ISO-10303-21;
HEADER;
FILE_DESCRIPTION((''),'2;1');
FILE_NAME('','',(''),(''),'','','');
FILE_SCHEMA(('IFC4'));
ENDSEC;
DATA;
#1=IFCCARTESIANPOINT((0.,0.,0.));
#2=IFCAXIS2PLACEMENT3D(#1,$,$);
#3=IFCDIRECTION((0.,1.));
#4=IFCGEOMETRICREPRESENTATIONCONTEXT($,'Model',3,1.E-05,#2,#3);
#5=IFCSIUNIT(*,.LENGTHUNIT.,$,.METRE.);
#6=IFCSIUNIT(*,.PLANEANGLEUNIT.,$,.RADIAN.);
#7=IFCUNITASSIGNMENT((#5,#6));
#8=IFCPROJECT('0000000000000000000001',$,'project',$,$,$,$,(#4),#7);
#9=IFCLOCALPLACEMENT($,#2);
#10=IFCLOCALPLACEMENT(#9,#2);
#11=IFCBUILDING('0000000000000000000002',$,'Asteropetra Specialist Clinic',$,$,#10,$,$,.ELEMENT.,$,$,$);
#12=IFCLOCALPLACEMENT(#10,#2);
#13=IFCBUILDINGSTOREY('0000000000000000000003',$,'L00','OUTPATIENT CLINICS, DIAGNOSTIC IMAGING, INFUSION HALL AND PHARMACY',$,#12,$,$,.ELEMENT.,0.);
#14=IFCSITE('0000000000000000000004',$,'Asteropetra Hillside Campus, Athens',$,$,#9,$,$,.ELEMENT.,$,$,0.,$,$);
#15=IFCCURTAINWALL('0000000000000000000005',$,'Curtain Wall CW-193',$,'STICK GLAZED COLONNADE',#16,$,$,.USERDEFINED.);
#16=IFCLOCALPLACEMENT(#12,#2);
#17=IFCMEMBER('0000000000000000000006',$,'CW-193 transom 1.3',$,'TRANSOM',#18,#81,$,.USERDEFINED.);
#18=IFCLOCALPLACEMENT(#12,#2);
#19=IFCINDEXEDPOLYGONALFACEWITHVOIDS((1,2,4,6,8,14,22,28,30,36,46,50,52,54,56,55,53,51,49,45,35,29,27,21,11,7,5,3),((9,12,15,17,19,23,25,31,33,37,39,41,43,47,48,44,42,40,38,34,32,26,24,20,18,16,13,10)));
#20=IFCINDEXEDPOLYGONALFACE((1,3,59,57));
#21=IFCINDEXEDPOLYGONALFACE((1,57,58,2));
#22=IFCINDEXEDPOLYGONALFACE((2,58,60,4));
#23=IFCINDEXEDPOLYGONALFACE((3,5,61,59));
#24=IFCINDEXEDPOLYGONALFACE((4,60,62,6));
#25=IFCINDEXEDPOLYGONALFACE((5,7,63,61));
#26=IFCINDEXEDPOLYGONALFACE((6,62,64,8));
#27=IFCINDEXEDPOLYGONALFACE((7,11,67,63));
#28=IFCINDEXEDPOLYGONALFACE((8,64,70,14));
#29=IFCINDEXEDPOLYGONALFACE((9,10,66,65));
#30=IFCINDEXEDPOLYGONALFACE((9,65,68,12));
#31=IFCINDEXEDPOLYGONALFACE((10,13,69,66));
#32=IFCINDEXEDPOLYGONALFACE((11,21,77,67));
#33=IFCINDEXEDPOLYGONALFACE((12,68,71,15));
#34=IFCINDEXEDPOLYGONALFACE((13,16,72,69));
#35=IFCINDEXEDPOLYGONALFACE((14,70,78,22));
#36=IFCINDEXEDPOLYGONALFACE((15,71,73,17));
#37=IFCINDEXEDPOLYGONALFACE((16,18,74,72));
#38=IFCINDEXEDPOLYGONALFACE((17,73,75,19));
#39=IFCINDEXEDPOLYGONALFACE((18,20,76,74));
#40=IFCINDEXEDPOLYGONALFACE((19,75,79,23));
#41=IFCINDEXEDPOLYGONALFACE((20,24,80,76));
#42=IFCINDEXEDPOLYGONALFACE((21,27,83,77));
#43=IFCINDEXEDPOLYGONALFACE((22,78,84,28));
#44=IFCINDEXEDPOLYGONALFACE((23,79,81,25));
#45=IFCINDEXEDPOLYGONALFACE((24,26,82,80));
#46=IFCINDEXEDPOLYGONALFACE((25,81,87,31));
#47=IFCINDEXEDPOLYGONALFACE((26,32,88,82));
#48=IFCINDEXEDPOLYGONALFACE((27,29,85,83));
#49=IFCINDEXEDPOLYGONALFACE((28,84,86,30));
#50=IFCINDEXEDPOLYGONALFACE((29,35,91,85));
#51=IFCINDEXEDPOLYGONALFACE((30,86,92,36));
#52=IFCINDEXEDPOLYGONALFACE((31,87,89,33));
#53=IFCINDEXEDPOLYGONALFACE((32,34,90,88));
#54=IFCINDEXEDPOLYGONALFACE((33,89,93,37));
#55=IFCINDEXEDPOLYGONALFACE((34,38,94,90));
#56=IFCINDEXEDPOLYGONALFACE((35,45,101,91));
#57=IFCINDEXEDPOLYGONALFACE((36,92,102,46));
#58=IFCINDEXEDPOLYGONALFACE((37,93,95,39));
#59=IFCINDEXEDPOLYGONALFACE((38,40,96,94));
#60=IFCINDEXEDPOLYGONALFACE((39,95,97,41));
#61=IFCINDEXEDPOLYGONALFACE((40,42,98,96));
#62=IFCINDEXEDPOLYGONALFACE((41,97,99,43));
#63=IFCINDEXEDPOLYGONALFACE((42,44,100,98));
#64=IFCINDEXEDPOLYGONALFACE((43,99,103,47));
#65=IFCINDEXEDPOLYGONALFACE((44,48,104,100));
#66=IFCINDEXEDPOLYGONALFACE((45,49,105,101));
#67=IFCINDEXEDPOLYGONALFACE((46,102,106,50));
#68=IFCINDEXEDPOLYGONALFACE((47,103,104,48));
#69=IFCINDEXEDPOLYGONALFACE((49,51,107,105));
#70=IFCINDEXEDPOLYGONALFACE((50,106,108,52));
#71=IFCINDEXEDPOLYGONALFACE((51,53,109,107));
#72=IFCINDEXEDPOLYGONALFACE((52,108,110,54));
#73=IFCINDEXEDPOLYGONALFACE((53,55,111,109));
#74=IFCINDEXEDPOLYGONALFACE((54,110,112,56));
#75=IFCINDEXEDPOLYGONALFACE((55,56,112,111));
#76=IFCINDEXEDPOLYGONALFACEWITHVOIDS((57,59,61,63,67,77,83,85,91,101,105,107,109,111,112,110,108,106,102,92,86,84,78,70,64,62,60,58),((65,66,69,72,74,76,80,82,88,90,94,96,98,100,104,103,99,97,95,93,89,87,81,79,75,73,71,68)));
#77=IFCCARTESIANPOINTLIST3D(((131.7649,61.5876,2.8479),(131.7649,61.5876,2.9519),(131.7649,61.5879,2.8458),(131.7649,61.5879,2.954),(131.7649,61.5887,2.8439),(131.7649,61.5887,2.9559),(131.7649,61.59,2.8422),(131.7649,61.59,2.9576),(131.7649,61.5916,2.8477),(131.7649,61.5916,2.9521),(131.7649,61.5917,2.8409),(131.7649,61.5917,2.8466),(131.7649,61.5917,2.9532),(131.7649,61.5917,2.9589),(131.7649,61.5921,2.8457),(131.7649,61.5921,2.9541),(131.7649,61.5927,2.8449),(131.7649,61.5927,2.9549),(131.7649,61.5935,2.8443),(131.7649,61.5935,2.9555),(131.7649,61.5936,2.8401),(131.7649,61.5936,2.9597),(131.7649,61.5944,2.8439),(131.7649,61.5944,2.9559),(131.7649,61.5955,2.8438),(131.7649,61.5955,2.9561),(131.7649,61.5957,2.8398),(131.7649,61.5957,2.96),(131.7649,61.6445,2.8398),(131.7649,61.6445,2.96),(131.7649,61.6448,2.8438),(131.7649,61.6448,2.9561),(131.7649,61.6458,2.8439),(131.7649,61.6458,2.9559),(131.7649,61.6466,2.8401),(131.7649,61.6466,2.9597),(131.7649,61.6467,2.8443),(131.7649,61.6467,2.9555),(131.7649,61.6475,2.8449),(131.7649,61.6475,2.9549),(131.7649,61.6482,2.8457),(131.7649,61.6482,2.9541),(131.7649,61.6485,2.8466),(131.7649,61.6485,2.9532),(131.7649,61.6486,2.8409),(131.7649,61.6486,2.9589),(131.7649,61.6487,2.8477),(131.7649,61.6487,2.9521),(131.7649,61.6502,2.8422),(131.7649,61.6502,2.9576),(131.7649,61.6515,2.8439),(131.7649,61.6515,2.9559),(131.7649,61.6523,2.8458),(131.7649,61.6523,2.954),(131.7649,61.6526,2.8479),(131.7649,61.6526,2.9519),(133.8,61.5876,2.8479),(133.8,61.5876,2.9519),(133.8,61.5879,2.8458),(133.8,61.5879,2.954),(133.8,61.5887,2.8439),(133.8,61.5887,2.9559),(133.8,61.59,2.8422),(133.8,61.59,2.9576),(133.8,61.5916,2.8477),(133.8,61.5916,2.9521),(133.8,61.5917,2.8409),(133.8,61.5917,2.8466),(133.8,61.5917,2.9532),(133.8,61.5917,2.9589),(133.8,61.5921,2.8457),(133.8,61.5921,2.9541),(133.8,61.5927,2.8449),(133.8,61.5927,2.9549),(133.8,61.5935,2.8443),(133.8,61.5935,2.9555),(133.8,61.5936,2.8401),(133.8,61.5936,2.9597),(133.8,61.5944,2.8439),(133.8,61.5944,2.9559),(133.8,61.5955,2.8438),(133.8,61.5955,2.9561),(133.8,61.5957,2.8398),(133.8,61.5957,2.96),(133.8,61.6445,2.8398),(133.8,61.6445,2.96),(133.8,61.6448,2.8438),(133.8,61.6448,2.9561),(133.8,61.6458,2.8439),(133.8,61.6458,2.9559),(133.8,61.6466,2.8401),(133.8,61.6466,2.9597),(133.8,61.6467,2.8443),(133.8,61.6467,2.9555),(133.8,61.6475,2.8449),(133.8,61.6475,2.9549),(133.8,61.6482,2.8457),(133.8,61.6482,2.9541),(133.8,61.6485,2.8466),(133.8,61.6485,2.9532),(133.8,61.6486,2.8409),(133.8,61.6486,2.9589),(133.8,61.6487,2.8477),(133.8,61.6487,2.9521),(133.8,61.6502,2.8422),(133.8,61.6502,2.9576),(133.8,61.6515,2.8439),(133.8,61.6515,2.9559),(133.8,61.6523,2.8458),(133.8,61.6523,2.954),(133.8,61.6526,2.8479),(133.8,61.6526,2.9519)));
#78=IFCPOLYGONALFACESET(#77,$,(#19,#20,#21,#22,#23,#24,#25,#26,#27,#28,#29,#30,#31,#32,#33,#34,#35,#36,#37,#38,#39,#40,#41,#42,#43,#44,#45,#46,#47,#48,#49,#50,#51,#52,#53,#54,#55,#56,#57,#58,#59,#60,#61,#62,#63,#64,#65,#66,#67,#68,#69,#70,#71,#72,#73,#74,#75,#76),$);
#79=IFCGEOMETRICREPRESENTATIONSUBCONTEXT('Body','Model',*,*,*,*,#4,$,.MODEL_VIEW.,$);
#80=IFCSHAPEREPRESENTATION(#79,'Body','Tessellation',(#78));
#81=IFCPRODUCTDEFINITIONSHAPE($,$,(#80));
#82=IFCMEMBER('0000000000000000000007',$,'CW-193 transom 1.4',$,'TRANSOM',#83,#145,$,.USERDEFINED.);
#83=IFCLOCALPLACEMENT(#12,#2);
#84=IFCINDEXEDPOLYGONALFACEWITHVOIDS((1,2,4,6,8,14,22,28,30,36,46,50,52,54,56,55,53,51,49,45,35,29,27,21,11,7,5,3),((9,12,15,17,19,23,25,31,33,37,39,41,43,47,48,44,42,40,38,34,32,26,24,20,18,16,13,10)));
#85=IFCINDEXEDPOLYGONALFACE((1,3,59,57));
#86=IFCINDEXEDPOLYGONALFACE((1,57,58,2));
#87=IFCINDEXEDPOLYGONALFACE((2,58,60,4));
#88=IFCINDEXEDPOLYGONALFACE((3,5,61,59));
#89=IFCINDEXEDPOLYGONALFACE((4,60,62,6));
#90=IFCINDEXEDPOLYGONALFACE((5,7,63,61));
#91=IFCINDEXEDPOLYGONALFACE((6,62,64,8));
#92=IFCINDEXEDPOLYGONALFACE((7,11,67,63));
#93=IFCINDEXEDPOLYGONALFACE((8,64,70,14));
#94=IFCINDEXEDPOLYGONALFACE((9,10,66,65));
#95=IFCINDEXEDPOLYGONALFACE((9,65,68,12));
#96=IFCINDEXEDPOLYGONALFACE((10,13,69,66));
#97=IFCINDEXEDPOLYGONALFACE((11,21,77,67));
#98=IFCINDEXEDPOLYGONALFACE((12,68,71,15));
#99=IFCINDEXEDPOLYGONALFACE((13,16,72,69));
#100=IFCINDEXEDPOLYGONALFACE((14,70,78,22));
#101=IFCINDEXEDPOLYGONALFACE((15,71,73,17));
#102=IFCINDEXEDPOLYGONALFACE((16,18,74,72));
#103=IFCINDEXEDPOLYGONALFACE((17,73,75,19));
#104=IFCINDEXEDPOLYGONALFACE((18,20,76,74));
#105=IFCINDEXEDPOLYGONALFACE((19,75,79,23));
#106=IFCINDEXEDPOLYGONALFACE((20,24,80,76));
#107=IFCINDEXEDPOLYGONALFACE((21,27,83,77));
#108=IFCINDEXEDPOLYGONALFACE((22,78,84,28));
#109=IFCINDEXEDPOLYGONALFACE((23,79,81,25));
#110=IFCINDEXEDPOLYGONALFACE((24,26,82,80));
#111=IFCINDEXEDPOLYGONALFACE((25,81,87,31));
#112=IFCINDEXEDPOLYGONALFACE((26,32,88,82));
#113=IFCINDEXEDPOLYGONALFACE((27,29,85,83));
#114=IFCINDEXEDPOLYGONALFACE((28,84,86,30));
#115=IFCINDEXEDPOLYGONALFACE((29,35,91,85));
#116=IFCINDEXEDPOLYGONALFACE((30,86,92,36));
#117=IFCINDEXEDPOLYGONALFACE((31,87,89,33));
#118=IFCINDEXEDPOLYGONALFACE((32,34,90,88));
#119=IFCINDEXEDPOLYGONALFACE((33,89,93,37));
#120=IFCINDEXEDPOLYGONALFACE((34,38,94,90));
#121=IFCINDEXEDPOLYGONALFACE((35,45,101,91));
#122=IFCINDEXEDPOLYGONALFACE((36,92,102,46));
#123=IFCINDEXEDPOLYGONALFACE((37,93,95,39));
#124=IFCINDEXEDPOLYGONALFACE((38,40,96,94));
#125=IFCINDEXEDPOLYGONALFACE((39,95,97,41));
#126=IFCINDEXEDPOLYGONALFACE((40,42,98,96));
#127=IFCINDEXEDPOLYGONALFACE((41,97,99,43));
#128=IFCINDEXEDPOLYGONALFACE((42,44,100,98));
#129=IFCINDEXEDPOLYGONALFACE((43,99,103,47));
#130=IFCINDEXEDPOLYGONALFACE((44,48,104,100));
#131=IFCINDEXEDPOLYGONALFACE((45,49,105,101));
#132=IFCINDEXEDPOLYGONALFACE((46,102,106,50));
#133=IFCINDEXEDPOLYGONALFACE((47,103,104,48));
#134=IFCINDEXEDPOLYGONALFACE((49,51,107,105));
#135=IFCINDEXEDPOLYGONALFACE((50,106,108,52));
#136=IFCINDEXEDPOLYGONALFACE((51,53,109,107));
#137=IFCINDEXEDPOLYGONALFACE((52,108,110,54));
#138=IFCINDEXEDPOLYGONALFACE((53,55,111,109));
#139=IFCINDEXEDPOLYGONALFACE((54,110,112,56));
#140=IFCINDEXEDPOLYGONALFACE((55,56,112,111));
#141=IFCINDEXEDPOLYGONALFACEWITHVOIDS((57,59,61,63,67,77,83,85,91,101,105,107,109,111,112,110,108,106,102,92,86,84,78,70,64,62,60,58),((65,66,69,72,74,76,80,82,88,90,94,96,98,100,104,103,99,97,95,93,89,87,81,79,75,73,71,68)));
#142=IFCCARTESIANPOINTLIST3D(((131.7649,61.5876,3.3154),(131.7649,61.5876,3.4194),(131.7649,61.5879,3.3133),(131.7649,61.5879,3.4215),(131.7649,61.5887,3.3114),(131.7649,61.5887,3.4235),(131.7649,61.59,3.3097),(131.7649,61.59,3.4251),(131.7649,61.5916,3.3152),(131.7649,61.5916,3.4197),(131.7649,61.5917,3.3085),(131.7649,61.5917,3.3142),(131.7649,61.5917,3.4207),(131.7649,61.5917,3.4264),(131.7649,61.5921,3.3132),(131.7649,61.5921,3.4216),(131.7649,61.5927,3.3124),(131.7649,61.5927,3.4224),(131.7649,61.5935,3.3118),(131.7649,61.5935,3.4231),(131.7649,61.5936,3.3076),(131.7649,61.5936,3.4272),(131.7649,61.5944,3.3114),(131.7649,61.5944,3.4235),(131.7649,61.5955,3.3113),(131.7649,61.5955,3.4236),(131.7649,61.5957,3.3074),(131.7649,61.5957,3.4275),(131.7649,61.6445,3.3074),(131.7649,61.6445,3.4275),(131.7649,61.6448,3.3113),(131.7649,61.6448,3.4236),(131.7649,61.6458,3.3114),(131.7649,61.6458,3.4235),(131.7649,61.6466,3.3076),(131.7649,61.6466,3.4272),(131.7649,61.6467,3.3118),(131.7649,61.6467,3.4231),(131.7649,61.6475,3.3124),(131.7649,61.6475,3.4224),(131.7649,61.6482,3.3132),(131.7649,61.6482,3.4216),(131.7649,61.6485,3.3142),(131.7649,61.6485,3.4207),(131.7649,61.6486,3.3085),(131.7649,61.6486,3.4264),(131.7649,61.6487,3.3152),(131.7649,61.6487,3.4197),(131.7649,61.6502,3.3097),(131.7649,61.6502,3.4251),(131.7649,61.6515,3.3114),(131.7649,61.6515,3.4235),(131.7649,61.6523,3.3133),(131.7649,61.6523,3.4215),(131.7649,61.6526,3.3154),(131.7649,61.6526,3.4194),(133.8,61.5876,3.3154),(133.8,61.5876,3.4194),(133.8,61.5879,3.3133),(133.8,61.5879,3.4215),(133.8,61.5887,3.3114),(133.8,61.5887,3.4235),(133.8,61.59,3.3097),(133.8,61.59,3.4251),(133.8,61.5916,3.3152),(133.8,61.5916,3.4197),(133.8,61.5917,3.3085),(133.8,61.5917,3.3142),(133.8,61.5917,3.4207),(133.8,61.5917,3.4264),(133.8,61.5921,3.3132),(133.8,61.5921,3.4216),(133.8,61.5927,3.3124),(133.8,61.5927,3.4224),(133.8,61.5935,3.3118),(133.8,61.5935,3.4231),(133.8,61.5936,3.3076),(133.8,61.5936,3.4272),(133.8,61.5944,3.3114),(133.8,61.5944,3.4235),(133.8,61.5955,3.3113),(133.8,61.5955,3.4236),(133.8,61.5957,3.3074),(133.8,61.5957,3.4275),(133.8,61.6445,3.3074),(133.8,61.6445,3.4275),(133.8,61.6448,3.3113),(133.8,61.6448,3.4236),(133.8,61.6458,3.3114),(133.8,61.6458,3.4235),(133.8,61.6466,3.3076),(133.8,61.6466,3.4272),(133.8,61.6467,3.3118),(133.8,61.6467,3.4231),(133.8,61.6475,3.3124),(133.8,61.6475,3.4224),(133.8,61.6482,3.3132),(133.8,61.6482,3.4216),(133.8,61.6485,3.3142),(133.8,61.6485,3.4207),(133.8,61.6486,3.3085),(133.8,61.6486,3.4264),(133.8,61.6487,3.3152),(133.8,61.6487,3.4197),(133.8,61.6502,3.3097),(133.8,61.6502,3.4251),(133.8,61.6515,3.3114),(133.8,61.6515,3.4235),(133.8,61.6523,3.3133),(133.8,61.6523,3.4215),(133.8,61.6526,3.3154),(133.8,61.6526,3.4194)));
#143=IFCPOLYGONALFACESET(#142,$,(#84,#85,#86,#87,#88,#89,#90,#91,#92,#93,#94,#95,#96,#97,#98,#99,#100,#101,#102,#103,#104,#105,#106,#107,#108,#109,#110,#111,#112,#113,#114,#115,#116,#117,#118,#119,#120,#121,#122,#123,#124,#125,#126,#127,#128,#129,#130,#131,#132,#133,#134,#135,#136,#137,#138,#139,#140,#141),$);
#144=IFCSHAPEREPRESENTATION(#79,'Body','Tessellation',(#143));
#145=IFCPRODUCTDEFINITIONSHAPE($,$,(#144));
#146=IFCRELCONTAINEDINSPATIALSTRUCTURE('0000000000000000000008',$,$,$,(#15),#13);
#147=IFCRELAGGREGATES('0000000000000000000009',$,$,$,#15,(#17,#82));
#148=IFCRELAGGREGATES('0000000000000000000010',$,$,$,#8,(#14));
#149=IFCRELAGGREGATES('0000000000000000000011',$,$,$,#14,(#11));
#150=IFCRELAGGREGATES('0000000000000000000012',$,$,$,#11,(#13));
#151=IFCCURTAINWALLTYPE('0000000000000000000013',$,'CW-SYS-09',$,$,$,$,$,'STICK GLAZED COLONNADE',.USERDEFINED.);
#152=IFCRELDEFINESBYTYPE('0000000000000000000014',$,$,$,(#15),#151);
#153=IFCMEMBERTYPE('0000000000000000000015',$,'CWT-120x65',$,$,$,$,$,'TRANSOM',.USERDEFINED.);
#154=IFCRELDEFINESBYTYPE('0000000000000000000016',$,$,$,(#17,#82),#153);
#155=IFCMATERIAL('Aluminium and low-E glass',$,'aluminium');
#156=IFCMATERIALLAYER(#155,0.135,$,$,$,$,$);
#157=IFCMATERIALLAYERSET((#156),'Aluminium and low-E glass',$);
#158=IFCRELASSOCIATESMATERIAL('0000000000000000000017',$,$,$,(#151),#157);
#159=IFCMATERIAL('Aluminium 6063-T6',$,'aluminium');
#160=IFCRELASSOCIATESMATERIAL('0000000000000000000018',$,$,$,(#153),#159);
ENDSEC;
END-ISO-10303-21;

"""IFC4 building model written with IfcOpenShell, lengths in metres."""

from ifc_helpers import new_model, si_unit, direction, frame, origin, origin_2d, place, context, subcontext, project, spatial, hollow_rectangle, extrude, material, layer, layer_set, material_profile, profile_set, type_object, element, aggregate, save


model = new_model("IFC4")

# Units and contexts
model_context = context("Model", 3, precision=1e-05, world=origin(), true_north=direction((0.0, 1.0)))
body_context = subcontext(model_context, "Body", "Model", "MODEL_VIEW")
ifc_project = project(units=[si_unit("LENGTHUNIT", "METRE"), si_unit("PLANEANGLEUNIT", "RADIAN")], contexts=[model_context])

# Site, building, storey
site_placement = place(None, origin())
site = spatial("IfcSite", under=ifc_project, at=site_placement, Name="Asteropetra Hillside Campus, Athens", CompositionType="ELEMENT", RefElevation=0.0)
building_placement = place(site_placement, origin())
building = spatial("IfcBuilding", under=site, at=building_placement, Name="Asteropetra Specialist Clinic", CompositionType="ELEMENT")
storey_placement = place(building_placement, origin())
storey = spatial("IfcBuildingStorey", under=building, at=storey_placement, Name="L00", Description="OUTPATIENT CLINICS, DIAGNOSTIC IMAGING, INFUSION HALL AND PHARMACY", CompositionType="ELEMENT", Elevation=0.0)

# Curtain wall
ifc_material_1 = material(Name="Aluminium and low-E glass", Category="aluminium")
ifc_layer_1 = layer(ifc_material_1, 0.135)
ifc_layer_set_1 = layer_set([ifc_layer_1], Name="Aluminium and low-E glass")
curtain_wall_type_1 = type_object("IfcCurtainWallType", Name="CW-SYS-09", ElementType="STICK GLAZED COLONNADE", PredefinedType="USERDEFINED", material=ifc_layer_set_1)
curtain_wall_1_placement = place(storey_placement, origin())
curtain_wall_1 = element("IfcCurtainWall", 1, at=curtain_wall_1_placement, inside=storey, type_object=curtain_wall_type_1, Name="Curtain Wall CW-193", ObjectType="STICK GLAZED COLONNADE", PredefinedType="USERDEFINED")

# Members
ifc_material_2 = material(Name="Aluminium 6063-T6", Category="aluminium")
ifc_material_profile_1 = material_profile(ifc_material_2, hollow_rectangle(XDim=0.0649, YDim=0.1201, WallThickness=0.0039, InnerFilletRadius=0.0039, OuterFilletRadius=0.0081, at=origin_2d()), Name="TRN 120x65x4.0")
ifc_profile_set_1 = profile_set([ifc_material_profile_1], Name="Aluminium 6063-T6")
member_type_1 = type_object("IfcMemberType", Name="CWT-120x65", ElementType="TRANSOM", PredefinedType="USERDEFINED", material=ifc_profile_set_1)
member_1_placement = place(storey_placement, frame((133.8, 61.6201, 2.8999), z_axis=(-1.0, 0.0, 0.0), x_axis=(0.0, -1.0, 0.0)))
member_1 = element("IfcMember", 2, at=member_1_placement, type_object=member_type_1, Name="CW-193 transom 1.3", ObjectType="TRANSOM", PredefinedType="USERDEFINED", context=body_context, shape_type="SweptSolid", body=[
    extrude(hollow_rectangle(XDim=0.0649, YDim=0.1201, WallThickness=0.0039, InnerFilletRadius=0.0039, OuterFilletRadius=0.0081, at=origin_2d()), origin(), (0.0, 0.0, 1.0), 2.0352),
])
member_2_placement = place(storey_placement, frame((133.8, 61.6201, 3.3674), z_axis=(-1.0, 0.0, 0.0), x_axis=(0.0, -1.0, 0.0)))
member_2 = element("IfcMember", 3, at=member_2_placement, type_object=member_type_1, Name="CW-193 transom 1.4", ObjectType="TRANSOM", PredefinedType="USERDEFINED", context=body_context, shape_type="SweptSolid", body=[
    extrude(hollow_rectangle(XDim=0.0649, YDim=0.1201, WallThickness=0.0039, InnerFilletRadius=0.0039, OuterFilletRadius=0.0081, at=origin_2d()), origin(), (0.0, 0.0, 1.0), 2.0352),
])
aggregate(curtain_wall_1, [member_1, member_2])

save(model, "model.ifc")
